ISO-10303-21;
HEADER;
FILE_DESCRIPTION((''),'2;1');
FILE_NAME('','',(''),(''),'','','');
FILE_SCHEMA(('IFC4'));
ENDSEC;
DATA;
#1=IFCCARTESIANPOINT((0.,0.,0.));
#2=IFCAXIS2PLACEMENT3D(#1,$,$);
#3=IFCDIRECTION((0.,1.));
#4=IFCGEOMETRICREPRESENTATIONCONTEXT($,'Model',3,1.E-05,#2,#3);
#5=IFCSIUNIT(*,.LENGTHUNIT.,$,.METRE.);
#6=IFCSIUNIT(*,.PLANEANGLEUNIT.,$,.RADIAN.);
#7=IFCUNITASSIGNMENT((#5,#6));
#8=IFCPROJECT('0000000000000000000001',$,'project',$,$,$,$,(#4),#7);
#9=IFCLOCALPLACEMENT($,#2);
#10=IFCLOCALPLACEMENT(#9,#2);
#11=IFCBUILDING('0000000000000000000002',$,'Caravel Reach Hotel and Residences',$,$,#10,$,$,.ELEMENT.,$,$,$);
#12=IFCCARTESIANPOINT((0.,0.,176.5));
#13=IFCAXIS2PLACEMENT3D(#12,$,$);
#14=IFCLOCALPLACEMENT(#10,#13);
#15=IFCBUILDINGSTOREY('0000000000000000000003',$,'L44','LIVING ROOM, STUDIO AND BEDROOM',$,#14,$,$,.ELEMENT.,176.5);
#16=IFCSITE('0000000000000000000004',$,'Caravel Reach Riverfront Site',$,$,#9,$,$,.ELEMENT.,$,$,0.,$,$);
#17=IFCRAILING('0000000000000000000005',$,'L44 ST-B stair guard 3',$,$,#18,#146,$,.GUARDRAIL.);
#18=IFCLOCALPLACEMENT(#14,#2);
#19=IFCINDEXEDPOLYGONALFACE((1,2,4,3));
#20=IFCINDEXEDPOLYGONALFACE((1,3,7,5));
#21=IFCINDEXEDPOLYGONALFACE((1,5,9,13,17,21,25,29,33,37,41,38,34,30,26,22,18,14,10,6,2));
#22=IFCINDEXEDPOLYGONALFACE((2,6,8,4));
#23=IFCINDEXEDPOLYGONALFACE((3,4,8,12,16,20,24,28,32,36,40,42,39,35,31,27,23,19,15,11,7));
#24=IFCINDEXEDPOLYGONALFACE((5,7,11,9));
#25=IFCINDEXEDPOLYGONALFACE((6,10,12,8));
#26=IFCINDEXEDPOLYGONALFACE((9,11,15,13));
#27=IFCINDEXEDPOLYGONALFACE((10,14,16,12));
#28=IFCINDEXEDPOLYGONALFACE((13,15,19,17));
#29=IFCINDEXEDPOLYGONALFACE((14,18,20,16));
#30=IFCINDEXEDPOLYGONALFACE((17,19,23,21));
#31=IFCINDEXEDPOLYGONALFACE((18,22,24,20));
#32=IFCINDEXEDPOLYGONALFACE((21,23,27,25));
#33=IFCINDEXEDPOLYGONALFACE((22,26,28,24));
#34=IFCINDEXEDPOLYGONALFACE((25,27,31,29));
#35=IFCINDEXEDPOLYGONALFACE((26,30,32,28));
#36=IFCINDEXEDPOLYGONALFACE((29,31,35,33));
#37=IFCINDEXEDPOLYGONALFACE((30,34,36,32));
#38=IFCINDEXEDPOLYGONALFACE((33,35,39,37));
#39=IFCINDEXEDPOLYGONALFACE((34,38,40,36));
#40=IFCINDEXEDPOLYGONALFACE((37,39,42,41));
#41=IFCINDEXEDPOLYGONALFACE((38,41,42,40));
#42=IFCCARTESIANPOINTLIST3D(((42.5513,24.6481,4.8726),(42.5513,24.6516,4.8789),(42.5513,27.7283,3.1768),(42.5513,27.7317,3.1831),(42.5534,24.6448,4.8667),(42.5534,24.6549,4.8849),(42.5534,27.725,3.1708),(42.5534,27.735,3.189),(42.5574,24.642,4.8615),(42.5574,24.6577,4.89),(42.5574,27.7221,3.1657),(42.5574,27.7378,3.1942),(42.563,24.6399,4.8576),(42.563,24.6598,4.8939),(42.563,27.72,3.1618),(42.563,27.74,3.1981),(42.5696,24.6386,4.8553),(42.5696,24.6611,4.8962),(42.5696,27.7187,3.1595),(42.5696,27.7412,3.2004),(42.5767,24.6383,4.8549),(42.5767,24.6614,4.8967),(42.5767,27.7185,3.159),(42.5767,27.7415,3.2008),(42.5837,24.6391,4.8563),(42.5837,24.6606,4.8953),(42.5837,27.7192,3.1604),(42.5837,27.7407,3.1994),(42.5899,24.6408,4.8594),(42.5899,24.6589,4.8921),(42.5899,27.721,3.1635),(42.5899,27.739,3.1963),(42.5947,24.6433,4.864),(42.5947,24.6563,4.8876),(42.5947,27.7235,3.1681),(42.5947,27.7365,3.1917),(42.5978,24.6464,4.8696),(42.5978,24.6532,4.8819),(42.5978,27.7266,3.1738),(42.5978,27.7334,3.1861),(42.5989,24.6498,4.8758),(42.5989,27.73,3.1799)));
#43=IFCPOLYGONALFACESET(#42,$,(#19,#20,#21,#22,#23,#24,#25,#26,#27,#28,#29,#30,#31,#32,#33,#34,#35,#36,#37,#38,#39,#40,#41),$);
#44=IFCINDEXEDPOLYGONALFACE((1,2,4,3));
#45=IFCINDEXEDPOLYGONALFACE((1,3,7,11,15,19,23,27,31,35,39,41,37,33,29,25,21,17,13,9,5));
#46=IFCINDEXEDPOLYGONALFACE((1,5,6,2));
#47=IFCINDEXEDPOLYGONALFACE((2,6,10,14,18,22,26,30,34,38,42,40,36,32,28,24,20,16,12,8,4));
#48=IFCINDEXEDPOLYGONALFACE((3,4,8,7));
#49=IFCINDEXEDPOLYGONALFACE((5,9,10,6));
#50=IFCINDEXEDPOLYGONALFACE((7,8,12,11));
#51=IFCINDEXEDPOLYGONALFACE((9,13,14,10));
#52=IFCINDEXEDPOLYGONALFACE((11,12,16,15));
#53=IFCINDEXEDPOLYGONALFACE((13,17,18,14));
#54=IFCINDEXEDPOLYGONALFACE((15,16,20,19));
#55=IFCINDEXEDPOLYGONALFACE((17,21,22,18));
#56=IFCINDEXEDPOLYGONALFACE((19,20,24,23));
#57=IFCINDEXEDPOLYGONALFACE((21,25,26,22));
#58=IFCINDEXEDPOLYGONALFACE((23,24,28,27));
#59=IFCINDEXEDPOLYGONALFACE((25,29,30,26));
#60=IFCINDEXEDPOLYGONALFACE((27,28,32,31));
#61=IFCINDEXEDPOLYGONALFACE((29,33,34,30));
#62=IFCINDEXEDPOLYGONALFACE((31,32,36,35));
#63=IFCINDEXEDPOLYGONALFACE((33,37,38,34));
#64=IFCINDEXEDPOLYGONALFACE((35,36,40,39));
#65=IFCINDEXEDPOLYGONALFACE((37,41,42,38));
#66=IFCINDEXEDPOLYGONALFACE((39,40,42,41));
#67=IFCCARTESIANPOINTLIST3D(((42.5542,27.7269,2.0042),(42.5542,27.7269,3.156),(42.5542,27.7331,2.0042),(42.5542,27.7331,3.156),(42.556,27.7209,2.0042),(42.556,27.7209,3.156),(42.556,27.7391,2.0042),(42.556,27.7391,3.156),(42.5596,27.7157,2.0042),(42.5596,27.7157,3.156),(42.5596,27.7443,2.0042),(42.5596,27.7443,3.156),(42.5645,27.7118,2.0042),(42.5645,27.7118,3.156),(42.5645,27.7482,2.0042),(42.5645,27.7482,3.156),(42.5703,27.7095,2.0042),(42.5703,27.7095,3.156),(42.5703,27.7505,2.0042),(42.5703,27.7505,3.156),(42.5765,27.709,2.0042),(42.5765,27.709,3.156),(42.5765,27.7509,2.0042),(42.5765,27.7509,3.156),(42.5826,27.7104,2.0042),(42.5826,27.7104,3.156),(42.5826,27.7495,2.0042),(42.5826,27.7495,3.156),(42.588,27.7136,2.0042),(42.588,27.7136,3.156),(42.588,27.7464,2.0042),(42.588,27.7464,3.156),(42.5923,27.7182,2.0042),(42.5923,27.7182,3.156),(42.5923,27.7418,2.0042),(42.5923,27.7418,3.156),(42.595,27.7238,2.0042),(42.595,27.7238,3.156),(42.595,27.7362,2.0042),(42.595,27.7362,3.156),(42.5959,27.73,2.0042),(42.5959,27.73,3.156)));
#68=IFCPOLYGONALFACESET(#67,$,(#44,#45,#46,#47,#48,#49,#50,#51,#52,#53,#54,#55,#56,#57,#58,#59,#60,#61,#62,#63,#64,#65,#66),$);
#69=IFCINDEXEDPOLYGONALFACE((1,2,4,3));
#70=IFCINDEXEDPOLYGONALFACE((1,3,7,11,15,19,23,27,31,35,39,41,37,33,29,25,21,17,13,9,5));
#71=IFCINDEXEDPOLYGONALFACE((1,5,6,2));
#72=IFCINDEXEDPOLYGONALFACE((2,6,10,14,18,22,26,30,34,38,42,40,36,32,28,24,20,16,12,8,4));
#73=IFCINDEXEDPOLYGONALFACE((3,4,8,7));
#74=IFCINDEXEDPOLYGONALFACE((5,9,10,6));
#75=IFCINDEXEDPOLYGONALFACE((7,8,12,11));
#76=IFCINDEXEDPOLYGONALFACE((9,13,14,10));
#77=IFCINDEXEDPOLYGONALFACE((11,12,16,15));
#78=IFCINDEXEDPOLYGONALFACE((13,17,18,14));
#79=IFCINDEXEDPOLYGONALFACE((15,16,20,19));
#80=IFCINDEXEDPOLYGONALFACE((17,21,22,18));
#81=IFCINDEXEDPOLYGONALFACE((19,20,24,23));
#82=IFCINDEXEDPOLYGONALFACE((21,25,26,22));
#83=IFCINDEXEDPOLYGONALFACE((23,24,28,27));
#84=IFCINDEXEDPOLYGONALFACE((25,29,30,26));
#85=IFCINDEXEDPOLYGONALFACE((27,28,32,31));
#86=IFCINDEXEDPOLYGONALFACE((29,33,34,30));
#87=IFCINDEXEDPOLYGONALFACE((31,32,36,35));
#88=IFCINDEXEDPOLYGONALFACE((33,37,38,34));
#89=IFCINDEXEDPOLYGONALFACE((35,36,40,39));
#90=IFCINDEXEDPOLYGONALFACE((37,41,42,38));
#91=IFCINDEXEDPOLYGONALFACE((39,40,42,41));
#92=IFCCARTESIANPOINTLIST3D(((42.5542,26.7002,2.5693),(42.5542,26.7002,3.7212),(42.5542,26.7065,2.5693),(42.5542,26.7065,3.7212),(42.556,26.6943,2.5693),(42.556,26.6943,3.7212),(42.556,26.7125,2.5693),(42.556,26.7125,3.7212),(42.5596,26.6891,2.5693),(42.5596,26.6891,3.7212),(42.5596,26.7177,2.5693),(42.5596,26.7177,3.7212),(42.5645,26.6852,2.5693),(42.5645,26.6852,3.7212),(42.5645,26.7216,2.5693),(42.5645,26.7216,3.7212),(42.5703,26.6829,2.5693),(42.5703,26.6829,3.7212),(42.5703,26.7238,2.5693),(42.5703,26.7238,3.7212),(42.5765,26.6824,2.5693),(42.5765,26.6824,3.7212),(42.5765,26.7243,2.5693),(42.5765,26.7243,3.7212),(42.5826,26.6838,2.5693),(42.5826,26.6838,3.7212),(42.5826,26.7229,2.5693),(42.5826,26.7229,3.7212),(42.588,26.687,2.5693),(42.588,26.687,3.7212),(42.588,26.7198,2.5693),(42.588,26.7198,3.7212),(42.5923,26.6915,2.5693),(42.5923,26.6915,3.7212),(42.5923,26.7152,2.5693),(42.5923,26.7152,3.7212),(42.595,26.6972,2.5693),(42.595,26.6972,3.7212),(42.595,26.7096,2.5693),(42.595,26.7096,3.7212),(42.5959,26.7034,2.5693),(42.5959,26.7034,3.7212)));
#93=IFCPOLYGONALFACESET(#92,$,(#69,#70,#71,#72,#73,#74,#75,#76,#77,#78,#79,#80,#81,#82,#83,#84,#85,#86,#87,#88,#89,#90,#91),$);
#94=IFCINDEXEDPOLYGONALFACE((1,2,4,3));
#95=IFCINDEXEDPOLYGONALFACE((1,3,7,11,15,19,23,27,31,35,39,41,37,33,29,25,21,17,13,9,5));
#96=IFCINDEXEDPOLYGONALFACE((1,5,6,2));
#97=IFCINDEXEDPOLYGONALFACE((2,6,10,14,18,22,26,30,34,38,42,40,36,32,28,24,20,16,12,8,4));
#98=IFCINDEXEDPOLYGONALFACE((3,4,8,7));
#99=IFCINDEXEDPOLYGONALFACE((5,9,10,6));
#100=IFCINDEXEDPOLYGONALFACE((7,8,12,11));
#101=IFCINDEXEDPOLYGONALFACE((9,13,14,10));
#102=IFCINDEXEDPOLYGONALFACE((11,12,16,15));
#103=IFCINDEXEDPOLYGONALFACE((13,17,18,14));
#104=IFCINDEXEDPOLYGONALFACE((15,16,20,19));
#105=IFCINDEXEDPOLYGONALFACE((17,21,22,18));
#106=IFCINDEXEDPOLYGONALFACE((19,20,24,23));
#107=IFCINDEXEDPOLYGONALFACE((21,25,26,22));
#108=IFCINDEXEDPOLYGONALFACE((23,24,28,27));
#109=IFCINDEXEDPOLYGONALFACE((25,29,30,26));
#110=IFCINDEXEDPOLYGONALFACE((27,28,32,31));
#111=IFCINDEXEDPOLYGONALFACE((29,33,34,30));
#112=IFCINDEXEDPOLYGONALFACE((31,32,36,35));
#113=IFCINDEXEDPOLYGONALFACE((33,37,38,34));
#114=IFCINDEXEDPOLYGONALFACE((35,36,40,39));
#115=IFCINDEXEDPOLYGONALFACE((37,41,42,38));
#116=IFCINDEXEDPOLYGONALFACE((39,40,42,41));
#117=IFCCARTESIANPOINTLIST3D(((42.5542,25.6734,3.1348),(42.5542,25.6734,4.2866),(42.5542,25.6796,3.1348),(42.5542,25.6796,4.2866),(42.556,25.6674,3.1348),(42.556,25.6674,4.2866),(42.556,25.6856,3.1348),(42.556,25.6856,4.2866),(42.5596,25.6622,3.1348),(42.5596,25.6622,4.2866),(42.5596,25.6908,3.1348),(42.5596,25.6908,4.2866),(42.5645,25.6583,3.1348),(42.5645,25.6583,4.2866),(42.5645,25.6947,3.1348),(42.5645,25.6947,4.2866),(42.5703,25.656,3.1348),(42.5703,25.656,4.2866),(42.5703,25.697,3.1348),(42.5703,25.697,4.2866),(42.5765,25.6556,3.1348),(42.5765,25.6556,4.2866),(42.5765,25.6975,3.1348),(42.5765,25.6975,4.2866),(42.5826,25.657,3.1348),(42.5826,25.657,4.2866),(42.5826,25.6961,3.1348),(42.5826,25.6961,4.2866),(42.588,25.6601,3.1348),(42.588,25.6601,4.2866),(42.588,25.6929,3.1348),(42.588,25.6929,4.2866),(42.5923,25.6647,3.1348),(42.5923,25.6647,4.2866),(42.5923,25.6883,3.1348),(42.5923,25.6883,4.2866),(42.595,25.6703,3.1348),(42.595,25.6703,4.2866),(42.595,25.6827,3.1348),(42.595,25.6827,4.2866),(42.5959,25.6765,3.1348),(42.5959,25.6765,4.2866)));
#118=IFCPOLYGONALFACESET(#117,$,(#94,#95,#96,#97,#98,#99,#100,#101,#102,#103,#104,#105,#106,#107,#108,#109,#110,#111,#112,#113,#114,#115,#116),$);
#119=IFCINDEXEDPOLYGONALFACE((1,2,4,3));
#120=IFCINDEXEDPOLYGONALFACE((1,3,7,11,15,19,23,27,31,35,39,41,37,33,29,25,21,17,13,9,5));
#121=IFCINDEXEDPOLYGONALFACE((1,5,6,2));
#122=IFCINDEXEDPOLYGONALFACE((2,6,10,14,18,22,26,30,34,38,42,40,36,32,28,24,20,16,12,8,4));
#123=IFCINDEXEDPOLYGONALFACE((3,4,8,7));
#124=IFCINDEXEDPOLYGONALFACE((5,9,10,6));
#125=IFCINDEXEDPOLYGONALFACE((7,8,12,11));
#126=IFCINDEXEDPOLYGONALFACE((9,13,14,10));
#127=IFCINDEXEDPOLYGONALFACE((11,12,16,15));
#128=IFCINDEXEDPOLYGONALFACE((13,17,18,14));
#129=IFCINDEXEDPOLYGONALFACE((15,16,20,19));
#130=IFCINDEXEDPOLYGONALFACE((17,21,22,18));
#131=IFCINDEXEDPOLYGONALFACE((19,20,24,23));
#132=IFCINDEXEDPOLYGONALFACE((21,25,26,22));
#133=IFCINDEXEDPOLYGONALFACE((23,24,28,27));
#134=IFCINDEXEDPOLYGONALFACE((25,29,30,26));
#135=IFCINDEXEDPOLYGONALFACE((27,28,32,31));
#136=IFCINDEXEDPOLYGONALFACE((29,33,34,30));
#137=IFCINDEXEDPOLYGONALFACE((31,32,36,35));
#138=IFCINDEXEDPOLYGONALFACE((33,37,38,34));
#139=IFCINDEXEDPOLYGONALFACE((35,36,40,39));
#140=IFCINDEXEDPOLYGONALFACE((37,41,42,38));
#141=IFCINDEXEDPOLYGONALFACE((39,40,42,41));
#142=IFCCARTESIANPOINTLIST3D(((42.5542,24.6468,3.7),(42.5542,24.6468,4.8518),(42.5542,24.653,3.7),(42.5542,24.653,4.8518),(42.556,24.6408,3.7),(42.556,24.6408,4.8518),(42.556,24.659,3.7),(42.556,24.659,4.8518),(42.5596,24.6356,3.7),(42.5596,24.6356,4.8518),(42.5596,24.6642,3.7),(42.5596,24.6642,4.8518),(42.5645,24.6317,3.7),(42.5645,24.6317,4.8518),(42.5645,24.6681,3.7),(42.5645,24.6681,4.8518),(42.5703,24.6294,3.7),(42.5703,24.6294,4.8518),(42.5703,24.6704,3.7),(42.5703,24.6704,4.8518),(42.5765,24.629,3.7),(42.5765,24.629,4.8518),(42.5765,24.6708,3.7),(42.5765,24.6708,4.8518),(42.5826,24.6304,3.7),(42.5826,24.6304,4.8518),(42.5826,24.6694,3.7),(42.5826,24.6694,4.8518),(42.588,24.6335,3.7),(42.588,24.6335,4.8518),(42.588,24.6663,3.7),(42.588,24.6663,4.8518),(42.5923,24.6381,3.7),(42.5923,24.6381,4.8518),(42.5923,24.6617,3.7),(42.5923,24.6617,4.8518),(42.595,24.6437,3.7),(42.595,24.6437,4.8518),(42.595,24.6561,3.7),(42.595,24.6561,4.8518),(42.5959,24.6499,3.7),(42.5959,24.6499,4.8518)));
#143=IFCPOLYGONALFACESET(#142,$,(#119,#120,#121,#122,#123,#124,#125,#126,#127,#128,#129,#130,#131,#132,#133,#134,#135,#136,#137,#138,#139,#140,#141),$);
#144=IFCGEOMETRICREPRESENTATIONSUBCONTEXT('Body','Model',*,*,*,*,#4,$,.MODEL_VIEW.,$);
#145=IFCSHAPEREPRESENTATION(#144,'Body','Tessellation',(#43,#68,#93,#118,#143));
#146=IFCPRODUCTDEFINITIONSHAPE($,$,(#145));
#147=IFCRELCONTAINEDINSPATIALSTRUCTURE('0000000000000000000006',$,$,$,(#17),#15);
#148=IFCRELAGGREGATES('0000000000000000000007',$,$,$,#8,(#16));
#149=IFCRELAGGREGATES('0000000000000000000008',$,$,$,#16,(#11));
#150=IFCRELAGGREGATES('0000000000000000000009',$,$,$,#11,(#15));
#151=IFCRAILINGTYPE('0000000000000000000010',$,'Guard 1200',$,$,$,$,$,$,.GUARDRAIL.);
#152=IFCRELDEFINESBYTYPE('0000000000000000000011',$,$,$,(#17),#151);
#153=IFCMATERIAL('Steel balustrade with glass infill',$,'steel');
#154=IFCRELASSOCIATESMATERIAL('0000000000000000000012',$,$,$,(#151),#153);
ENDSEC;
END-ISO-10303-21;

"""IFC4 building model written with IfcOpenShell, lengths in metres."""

from ifc_helpers import new_model, si_unit, direction, frame, origin, origin_2d, place, context, subcontext, project, spatial, circle, extrude, material, type_object, element, save


model = new_model("IFC4")

# Units and contexts
model_context = context("Model", 3, precision=1e-05, world=origin(), true_north=direction((0.0, 1.0)))
body_context = subcontext(model_context, "Body", "Model", "MODEL_VIEW")
ifc_project = project(units=[si_unit("LENGTHUNIT", "METRE"), si_unit("PLANEANGLEUNIT", "RADIAN")], contexts=[model_context])

# Site, building, storey
site_placement = place(None, origin())
site = spatial("IfcSite", under=ifc_project, at=site_placement, Name="Caravel Reach Riverfront Site", CompositionType="ELEMENT", RefElevation=0.0)
building_placement = place(site_placement, origin())
building = spatial("IfcBuilding", under=site, at=building_placement, Name="Caravel Reach Hotel and Residences", CompositionType="ELEMENT")
storey_placement = place(building_placement, frame((0.0, 0.0, 176.5)))
storey = spatial("IfcBuildingStorey", under=building, at=storey_placement, Name="L44", Description="LIVING ROOM, STUDIO AND BEDROOM", CompositionType="ELEMENT", Elevation=176.5)

# Railing
ifc_material_1 = material(Name="Steel balustrade with glass infill", Category="steel")
railing_type_1 = type_object("IfcRailingType", Name="Guard 1200", PredefinedType="GUARDRAIL", material=ifc_material_1)
railing_1_placement = place(storey_placement, frame((42.575, 27.73, 2.0042)))
element("IfcRailing", 1, at=railing_1_placement, inside=storey, type_object=railing_type_1, Name="L44 ST-B stair guard 3", PredefinedType="GUARDRAIL", context=body_context, shape_type="SweptSolid", body=[
    extrude(circle(Radius=0.0239, at=origin_2d()), frame((0.0, 0.0, 1.1758), z_axis=(0.0, -0.876005, 0.482303), x_axis=(1.0, 0.0, 0.0)), (0.0, 0.0, 1.0), 3.5161),
    extrude(circle(Radius=0.021, at=origin_2d()), origin(), (0.0, 0.0, 1.0), 1.1519),
    extrude(circle(Radius=0.021, at=origin_2d()), frame((0.0, -1.0266, 0.5652)), (0.0, 0.0, 1.0), 1.1519),
    extrude(circle(Radius=0.021, at=origin_2d()), frame((0.0, -2.0535, 1.1306)), (0.0, 0.0, 1.0), 1.1519),
    extrude(circle(Radius=0.021, at=origin_2d()), frame((0.0, -3.0801, 1.6958)), (0.0, 0.0, 1.0), 1.1519),
])

save(model, "model.ifc")
